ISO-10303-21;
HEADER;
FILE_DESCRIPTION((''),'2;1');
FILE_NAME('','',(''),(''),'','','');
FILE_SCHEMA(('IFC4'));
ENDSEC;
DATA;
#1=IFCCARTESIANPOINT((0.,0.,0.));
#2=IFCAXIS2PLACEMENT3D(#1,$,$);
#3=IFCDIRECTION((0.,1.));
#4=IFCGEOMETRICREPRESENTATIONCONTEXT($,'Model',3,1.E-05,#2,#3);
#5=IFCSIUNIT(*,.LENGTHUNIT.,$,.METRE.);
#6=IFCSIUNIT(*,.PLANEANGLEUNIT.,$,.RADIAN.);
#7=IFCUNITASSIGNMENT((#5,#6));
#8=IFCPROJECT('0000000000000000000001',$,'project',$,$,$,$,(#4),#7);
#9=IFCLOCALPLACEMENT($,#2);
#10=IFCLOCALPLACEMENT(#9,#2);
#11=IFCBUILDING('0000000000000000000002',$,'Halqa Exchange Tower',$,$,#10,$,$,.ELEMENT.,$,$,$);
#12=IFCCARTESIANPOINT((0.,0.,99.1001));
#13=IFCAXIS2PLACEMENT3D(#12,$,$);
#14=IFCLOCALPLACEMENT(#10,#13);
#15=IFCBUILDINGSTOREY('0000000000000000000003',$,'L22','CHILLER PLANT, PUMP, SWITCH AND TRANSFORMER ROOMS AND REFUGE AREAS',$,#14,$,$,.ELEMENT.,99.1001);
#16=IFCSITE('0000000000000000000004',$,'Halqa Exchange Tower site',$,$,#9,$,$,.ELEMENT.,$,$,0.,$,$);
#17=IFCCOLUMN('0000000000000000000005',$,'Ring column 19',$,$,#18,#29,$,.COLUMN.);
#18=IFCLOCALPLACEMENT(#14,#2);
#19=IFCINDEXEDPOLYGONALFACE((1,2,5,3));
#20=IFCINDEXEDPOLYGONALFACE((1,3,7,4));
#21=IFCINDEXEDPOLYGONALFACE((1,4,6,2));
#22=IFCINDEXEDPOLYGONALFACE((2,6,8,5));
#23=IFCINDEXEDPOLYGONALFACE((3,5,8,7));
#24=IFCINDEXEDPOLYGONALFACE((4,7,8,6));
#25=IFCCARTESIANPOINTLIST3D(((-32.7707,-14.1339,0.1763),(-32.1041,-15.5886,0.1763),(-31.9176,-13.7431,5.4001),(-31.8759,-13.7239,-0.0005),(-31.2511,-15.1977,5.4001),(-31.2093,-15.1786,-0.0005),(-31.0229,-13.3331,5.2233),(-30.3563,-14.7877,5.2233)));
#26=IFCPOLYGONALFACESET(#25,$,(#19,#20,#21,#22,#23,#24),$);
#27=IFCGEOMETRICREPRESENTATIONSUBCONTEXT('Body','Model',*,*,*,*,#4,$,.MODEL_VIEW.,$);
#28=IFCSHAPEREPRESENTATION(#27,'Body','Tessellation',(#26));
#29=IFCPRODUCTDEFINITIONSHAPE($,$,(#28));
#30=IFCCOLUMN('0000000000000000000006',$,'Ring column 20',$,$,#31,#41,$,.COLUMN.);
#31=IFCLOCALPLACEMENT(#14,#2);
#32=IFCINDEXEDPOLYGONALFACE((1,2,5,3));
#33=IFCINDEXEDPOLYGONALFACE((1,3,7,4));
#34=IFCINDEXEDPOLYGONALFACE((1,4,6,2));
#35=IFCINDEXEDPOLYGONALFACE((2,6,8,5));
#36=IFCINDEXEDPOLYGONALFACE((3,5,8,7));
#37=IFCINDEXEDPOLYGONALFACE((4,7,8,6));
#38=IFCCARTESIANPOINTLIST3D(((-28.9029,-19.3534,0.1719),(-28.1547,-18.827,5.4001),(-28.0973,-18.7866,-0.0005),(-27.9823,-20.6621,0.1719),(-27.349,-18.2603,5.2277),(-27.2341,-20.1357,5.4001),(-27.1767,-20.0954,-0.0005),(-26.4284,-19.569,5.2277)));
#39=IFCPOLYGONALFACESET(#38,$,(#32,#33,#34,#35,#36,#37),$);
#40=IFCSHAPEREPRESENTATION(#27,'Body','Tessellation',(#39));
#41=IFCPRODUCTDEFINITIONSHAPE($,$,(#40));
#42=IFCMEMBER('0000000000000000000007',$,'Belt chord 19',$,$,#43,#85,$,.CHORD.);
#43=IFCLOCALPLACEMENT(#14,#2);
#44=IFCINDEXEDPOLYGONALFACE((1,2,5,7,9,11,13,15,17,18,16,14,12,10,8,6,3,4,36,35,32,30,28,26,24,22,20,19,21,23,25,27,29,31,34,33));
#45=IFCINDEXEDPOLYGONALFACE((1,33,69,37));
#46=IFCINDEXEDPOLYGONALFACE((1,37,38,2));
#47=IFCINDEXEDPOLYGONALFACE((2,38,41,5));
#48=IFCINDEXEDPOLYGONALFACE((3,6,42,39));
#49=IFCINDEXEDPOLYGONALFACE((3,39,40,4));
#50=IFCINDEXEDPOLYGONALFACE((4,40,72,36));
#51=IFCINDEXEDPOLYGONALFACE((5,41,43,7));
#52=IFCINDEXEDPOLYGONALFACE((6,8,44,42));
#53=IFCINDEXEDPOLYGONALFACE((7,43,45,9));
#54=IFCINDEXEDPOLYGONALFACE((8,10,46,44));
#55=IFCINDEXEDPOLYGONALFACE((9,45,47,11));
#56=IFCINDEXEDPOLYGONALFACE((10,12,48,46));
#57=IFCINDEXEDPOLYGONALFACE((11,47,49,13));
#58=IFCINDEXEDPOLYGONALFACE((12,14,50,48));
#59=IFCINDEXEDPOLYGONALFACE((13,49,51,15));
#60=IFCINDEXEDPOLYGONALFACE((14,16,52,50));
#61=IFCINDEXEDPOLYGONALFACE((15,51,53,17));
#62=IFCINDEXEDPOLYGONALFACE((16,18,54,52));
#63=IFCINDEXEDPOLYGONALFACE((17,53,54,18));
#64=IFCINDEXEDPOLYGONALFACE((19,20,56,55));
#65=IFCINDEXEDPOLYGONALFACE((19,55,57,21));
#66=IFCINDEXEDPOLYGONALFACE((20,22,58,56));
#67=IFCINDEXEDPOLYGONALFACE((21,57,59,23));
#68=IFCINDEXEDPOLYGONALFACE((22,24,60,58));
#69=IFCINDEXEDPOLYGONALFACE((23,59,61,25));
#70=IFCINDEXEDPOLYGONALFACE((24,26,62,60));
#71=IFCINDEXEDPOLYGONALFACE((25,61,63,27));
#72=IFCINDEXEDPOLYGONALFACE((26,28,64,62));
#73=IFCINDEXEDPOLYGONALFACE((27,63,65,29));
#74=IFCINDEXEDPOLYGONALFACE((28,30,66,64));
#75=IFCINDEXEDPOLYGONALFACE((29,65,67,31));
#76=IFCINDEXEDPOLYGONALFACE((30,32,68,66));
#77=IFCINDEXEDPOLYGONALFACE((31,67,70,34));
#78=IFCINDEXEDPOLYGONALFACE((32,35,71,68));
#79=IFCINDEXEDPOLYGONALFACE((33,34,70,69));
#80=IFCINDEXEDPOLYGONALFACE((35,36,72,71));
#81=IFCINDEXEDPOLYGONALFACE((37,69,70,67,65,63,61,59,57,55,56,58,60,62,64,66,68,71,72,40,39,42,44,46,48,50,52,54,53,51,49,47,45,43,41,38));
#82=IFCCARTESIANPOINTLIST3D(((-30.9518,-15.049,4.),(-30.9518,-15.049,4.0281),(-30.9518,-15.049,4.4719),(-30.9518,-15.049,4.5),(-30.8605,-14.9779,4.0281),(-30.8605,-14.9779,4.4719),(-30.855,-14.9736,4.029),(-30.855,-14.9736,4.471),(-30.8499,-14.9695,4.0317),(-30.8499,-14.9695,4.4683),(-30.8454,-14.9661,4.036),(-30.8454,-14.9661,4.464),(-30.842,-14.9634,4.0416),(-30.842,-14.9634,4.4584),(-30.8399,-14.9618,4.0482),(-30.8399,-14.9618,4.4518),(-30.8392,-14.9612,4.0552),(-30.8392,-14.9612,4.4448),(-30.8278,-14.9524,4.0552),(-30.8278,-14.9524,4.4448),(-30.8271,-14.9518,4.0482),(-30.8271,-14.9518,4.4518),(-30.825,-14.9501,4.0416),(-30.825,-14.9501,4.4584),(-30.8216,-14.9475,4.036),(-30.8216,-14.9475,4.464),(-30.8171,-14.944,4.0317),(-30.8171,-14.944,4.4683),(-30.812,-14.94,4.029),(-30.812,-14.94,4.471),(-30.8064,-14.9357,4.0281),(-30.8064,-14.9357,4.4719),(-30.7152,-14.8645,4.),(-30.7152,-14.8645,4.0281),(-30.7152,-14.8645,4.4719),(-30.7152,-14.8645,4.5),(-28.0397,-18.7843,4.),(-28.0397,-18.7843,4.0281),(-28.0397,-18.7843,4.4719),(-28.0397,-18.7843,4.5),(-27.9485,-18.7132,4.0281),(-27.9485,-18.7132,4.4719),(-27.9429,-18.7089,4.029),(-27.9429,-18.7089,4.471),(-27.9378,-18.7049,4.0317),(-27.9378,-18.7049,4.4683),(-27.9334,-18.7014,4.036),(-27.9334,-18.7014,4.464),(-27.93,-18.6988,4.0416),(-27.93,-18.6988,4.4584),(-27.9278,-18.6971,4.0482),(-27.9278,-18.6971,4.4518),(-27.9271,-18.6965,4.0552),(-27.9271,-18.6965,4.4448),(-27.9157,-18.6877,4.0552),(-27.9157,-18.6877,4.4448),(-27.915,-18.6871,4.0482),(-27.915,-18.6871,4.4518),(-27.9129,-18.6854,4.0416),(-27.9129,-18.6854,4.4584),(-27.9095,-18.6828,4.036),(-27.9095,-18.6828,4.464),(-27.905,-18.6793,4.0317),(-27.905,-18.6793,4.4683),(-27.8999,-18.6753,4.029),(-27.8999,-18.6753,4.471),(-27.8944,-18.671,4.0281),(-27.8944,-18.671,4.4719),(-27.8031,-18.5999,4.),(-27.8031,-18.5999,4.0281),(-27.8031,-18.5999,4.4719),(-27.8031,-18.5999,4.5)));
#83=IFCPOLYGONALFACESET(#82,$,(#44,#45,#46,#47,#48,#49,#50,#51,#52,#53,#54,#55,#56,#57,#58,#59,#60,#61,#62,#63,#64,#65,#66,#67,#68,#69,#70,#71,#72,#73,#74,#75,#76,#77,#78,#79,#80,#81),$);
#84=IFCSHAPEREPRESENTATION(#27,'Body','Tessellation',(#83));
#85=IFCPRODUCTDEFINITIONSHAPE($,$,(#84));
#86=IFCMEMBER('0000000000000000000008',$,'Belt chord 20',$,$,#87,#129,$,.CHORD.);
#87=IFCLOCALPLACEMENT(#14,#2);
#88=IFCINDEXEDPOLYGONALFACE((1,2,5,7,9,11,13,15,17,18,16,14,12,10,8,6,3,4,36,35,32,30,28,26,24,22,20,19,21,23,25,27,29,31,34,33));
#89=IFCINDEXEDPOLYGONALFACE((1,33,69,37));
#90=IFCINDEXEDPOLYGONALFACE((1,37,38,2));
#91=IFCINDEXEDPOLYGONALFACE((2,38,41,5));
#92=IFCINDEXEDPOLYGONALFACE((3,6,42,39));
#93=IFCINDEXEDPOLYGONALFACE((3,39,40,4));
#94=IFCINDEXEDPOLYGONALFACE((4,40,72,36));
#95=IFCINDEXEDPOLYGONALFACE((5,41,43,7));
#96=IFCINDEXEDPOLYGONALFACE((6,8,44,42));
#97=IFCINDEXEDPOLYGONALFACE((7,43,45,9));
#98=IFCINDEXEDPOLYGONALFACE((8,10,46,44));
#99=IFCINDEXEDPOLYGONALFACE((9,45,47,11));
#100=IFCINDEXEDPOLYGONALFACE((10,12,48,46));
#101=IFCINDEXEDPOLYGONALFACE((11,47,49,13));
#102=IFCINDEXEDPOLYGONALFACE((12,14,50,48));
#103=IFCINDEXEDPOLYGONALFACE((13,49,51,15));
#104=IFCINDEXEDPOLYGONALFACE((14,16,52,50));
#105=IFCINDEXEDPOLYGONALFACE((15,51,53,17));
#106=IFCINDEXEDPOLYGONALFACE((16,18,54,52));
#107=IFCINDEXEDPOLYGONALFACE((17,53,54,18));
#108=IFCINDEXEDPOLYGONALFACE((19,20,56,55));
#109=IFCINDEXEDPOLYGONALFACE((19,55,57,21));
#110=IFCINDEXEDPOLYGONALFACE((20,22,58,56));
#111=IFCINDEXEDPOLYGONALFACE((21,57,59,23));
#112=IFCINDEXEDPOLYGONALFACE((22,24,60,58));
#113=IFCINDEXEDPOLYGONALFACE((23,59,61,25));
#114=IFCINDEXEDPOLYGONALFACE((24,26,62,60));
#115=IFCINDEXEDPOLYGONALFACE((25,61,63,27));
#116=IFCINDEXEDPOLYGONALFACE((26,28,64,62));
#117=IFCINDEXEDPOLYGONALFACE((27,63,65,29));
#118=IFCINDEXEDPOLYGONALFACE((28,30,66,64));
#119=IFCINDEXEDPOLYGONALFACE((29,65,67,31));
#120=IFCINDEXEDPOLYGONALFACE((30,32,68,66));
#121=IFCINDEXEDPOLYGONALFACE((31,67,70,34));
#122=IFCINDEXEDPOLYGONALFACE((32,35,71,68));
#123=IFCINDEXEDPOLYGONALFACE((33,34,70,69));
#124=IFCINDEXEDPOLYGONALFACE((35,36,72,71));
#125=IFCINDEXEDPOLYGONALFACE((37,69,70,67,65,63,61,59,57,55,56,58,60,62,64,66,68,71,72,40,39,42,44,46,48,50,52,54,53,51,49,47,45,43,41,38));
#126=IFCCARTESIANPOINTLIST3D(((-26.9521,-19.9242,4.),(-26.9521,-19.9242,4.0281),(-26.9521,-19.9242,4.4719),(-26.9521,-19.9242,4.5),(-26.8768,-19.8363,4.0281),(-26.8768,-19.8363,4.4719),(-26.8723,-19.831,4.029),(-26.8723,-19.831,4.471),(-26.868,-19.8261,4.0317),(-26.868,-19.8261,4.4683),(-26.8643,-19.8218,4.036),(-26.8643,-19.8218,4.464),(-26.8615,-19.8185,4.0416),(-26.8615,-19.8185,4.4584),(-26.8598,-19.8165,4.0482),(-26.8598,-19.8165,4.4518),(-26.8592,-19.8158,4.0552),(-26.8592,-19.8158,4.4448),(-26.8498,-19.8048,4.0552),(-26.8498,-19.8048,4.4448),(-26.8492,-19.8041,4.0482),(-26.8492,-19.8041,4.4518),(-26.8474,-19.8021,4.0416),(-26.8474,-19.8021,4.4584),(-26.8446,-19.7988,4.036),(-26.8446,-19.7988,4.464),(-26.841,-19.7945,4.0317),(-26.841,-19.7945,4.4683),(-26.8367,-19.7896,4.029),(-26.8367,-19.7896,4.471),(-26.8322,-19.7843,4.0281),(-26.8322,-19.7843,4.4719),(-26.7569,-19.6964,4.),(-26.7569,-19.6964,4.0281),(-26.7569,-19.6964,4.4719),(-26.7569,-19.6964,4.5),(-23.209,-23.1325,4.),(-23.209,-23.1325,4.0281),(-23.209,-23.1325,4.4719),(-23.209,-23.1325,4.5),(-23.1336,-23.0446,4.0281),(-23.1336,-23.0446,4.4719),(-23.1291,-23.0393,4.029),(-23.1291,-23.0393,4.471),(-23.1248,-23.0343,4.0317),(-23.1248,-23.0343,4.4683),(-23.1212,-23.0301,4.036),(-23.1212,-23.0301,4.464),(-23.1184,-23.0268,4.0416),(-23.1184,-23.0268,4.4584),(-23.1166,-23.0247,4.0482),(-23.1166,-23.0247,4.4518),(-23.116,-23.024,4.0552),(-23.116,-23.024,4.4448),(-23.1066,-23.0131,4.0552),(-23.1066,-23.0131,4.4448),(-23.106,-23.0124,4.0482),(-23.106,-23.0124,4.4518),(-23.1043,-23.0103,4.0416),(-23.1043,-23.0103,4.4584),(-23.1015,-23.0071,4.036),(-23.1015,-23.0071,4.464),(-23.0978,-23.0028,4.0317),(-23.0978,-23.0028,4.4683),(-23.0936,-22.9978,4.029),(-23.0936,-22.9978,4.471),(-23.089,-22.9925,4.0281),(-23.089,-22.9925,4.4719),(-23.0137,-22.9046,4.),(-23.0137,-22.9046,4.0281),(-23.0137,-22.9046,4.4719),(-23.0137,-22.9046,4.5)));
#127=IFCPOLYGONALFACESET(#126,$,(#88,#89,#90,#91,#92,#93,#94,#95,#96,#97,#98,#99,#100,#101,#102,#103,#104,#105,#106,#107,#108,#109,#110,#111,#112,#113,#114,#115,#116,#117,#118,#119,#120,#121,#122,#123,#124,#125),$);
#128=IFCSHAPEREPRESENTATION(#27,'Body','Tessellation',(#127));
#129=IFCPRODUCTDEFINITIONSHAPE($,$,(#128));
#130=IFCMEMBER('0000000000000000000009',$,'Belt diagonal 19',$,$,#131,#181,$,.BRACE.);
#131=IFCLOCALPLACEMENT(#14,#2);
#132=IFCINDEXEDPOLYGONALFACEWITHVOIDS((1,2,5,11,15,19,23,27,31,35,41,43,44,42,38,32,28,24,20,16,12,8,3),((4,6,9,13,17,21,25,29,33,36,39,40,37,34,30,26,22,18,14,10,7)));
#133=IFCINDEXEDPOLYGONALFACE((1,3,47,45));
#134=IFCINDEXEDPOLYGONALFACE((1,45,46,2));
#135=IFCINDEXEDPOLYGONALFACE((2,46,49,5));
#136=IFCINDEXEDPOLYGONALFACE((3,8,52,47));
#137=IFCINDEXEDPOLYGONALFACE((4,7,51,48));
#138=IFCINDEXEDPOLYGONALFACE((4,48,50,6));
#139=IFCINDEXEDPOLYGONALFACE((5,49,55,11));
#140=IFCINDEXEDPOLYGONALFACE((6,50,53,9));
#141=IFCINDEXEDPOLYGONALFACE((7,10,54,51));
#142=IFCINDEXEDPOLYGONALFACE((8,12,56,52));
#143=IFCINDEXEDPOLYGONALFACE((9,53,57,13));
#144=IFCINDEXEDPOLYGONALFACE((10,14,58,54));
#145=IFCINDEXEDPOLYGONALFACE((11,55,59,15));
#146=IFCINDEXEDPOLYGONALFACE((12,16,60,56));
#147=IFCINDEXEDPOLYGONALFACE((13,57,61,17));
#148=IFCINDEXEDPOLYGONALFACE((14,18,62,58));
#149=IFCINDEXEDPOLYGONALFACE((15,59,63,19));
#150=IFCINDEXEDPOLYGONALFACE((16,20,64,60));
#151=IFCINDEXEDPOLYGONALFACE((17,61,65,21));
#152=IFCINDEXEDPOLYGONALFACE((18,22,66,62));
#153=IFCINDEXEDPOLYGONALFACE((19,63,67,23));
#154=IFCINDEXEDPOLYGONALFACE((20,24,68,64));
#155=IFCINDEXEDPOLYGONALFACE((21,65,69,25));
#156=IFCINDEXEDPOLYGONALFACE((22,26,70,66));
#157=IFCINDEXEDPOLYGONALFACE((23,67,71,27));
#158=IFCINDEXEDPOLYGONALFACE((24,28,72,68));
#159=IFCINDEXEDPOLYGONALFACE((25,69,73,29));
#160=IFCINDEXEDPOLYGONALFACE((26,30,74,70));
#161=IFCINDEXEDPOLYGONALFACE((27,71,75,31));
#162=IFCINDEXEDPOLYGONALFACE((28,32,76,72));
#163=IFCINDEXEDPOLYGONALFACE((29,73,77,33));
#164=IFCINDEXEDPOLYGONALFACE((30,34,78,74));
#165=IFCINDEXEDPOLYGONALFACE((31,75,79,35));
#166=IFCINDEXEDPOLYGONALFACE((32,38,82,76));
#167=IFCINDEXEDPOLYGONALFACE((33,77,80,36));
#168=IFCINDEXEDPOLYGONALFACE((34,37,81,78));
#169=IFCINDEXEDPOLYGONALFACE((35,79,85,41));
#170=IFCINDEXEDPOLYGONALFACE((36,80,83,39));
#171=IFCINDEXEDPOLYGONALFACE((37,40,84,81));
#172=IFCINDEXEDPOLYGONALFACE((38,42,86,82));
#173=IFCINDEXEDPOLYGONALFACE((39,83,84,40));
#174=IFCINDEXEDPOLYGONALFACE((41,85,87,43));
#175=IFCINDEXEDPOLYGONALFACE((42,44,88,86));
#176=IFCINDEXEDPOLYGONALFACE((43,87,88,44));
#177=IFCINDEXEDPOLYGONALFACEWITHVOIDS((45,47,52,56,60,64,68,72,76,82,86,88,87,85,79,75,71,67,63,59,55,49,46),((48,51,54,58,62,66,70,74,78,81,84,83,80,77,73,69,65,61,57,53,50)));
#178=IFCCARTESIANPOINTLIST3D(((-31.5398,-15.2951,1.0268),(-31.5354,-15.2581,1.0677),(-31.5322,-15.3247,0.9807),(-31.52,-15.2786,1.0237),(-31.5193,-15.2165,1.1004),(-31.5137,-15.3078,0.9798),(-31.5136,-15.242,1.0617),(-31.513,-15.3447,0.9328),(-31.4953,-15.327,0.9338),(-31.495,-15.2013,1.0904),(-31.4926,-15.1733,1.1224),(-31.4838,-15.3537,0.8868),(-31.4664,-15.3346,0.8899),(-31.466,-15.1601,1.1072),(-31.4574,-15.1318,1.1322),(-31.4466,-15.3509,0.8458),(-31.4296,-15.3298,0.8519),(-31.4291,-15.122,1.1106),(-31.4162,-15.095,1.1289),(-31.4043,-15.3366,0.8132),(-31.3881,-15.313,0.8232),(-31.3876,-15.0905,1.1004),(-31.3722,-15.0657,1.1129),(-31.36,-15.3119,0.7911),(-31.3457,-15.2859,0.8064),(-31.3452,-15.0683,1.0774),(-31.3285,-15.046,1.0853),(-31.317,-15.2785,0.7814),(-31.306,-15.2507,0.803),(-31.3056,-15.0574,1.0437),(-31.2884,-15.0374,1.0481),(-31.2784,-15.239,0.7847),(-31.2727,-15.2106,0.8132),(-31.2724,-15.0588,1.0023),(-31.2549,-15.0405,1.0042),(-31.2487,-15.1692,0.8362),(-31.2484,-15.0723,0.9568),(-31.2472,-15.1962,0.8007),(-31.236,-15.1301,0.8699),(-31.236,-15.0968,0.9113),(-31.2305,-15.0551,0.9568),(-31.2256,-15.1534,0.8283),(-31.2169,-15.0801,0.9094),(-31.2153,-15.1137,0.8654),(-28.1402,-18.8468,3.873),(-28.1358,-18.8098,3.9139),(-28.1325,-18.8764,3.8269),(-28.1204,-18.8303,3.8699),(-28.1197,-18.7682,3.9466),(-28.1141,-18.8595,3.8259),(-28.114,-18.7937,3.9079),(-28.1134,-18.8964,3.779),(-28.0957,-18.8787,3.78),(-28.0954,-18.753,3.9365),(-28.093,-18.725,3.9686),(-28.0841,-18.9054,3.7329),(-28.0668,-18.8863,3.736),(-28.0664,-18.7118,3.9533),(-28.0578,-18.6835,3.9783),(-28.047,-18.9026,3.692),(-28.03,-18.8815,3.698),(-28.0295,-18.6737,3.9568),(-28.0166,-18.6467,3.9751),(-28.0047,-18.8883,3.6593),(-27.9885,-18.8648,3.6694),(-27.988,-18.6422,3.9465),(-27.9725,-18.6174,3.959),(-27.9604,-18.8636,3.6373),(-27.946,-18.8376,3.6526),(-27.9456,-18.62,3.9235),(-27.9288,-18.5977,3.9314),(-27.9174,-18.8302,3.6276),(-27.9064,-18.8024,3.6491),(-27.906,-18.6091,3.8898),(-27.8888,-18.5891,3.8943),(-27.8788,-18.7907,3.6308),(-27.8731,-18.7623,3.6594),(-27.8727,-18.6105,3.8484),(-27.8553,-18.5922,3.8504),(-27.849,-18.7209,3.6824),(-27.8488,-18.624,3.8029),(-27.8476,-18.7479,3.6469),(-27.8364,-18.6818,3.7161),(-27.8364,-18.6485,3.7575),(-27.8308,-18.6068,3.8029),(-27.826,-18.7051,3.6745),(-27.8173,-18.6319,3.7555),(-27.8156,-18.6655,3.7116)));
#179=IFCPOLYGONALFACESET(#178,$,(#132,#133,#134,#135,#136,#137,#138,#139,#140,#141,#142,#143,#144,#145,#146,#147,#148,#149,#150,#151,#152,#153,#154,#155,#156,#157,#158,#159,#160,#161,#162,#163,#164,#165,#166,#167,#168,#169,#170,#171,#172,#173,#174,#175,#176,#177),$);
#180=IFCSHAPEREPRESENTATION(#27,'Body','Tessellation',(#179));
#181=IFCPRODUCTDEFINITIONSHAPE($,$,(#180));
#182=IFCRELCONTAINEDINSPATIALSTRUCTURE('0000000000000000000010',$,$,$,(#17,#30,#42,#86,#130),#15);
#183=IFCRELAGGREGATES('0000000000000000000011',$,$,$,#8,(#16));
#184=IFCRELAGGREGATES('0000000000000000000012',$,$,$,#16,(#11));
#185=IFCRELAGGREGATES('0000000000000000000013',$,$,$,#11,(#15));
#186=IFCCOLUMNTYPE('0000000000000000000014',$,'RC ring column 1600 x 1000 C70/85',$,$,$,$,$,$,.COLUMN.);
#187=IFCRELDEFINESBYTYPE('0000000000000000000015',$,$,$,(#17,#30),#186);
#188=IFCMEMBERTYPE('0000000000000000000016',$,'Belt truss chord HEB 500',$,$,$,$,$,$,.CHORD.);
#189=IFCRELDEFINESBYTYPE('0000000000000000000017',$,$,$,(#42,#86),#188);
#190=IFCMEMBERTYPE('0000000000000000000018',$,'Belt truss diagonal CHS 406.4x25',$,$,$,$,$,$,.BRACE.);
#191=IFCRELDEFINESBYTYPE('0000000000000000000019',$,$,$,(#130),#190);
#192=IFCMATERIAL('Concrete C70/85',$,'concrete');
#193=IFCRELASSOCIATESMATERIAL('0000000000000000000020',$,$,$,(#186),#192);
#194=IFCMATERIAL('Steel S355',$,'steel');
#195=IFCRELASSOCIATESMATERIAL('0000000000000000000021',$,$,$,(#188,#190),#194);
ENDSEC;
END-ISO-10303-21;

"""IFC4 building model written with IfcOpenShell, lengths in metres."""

from ifc_helpers import new_model, si_unit, direction, frame, origin, origin_2d, place, context, subcontext, project, spatial, rectangle, hollow_circle, i_section, extrude, material, material_profile, profile_set, type_object, element, save


model = new_model("IFC4")

# Units and contexts
model_context = context("Model", 3, precision=1e-05, world=origin(), true_north=direction((0.0, 1.0)))
body_context = subcontext(model_context, "Body", "Model", "MODEL_VIEW")
ifc_project = project(units=[si_unit("LENGTHUNIT", "METRE"), si_unit("PLANEANGLEUNIT", "RADIAN")], contexts=[model_context])

# Site, building, storey
site_placement = place(None, origin())
site = spatial("IfcSite", under=ifc_project, at=site_placement, Name="Halqa Exchange Tower site", CompositionType="ELEMENT", RefElevation=0.0)
building_placement = place(site_placement, origin())
building = spatial("IfcBuilding", under=site, at=building_placement, Name="Halqa Exchange Tower", CompositionType="ELEMENT")
storey_placement = place(building_placement, frame((0.0, 0.0, 99.1001)))
storey = spatial("IfcBuildingStorey", under=building, at=storey_placement, Name="L22", Description="CHILLER PLANT, PUMP, SWITCH AND TRANSFORMER ROOMS AND REFUGE AREAS", CompositionType="ELEMENT", Elevation=99.1001)

# Columns
ifc_material_1 = material(Name="Concrete C70/85", Category="concrete")
ifc_material_profile_1 = material_profile(ifc_material_1, rectangle(XDim=1.6001, YDim=1.0, at=origin_2d()), Name="1600 x 1000")
ifc_profile_set_1 = profile_set([ifc_material_profile_1], Name="Concrete C70/85")
column_type = type_object("IfcColumnType", Name="RC ring column 1600 x 1000 C70/85", PredefinedType="COLUMN", material=ifc_profile_set_1)
column_1_placement = place(storey_placement, frame((-31.99, -14.6562, 0.0879), z_axis=(0.160722, 0.073645, 0.984248), x_axis=(-0.416565, 0.909106, 0.0)))
element("IfcColumn", 1, at=column_1_placement, inside=storey, type_object=column_type, Name="Ring column 19", PredefinedType="COLUMN", context=body_context, shape_type="SweptSolid", body=[
    extrude(rectangle(XDim=1.6001, YDim=1.0, at=origin_2d()), origin(), (0.0, 0.0, 1.0), 5.3074),
])
column_2_placement = place(storey_placement, frame((-28.0398, -19.7244, 0.0857), z_axis=(0.140982, 0.09917, 0.985033), x_axis=(-0.575341, 0.817913, 0.0)))
element("IfcColumn", 2, at=column_2_placement, inside=storey, type_object=column_type, Name="Ring column 20", PredefinedType="COLUMN", context=body_context, shape_type="SweptSolid", body=[
    extrude(rectangle(XDim=1.6001, YDim=1.0, at=origin_2d()), origin(), (0.0, 0.0, 1.0), 5.3076),
])

# Members
ifc_material_2 = material(Name="Steel S355", Category="steel")
ifc_material_profile_2 = material_profile(ifc_material_2, i_section(OverallWidth=0.3, OverallDepth=0.5, WebThickness=0.0144, FlangeThickness=0.0281, FilletRadius=0.0271, at=origin_2d()), Name="HEB 500")
ifc_profile_set_2 = profile_set([ifc_material_profile_2], Name="Steel S355")
member_type_1 = type_object("IfcMemberType", Name="Belt truss chord HEB 500", PredefinedType="CHORD", material=ifc_profile_set_2)
member_1_placement = place(storey_placement, frame((-30.8335, -14.9568, 4.25), z_axis=(0.614839, -0.788652, 0.0), x_axis=(0.788652, 0.614839, 0.0)))
element("IfcMember", 3, at=member_1_placement, inside=storey, type_object=member_type_1, Name="Belt chord 19", PredefinedType="CHORD", context=body_context, shape_type="SweptSolid", body=[
    extrude(i_section(OverallWidth=0.3, OverallDepth=0.5, WebThickness=0.0144, FlangeThickness=0.0281, FilletRadius=0.0271, at=origin_2d()), origin(), (0.0, 0.0, 1.0), 4.7363),
])
member_2_placement = place(storey_placement, frame((-26.8545, -19.8103, 4.25), z_axis=(0.759274, -0.650771, 0.0), x_axis=(0.650771, 0.759274, 0.0)))
element("IfcMember", 4, at=member_2_placement, inside=storey, type_object=member_type_1, Name="Belt chord 20", PredefinedType="CHORD", context=body_context, shape_type="SweptSolid", body=[
    extrude(i_section(OverallWidth=0.3, OverallDepth=0.5, WebThickness=0.0144, FlangeThickness=0.0281, FilletRadius=0.0271, at=origin_2d()), origin(), (0.0, 0.0, 1.0), 4.9299),
])
ifc_material_profile_3 = material_profile(ifc_material_2, hollow_circle(Radius=0.2031, WallThickness=0.0249, at=origin_2d()), Name="CHS 406.4x25")
ifc_profile_set_3 = profile_set([ifc_material_profile_3], Name="Steel S355")
member_type_2 = type_object("IfcMemberType", Name="Belt truss diagonal CHS 406.4x25", PredefinedType="BRACE", material=ifc_profile_set_3)
member_3_placement = place(storey_placement, frame((-31.3772, -15.1956, 0.9568), z_axis=(0.598429, -0.625202, 0.501004), x_axis=(0.722406, 0.69147, 0.0)))
element("IfcMember", 5, at=member_3_placement, inside=storey, type_object=member_type_2, Name="Belt diagonal 19", PredefinedType="BRACE", context=body_context, shape_type="SweptSolid", body=[
    extrude(hollow_circle(Radius=0.2031, WallThickness=0.0249, at=origin_2d()), origin(), (0.0, 0.0, 1.0), 5.6809),
])

save(model, "model.ifc")
